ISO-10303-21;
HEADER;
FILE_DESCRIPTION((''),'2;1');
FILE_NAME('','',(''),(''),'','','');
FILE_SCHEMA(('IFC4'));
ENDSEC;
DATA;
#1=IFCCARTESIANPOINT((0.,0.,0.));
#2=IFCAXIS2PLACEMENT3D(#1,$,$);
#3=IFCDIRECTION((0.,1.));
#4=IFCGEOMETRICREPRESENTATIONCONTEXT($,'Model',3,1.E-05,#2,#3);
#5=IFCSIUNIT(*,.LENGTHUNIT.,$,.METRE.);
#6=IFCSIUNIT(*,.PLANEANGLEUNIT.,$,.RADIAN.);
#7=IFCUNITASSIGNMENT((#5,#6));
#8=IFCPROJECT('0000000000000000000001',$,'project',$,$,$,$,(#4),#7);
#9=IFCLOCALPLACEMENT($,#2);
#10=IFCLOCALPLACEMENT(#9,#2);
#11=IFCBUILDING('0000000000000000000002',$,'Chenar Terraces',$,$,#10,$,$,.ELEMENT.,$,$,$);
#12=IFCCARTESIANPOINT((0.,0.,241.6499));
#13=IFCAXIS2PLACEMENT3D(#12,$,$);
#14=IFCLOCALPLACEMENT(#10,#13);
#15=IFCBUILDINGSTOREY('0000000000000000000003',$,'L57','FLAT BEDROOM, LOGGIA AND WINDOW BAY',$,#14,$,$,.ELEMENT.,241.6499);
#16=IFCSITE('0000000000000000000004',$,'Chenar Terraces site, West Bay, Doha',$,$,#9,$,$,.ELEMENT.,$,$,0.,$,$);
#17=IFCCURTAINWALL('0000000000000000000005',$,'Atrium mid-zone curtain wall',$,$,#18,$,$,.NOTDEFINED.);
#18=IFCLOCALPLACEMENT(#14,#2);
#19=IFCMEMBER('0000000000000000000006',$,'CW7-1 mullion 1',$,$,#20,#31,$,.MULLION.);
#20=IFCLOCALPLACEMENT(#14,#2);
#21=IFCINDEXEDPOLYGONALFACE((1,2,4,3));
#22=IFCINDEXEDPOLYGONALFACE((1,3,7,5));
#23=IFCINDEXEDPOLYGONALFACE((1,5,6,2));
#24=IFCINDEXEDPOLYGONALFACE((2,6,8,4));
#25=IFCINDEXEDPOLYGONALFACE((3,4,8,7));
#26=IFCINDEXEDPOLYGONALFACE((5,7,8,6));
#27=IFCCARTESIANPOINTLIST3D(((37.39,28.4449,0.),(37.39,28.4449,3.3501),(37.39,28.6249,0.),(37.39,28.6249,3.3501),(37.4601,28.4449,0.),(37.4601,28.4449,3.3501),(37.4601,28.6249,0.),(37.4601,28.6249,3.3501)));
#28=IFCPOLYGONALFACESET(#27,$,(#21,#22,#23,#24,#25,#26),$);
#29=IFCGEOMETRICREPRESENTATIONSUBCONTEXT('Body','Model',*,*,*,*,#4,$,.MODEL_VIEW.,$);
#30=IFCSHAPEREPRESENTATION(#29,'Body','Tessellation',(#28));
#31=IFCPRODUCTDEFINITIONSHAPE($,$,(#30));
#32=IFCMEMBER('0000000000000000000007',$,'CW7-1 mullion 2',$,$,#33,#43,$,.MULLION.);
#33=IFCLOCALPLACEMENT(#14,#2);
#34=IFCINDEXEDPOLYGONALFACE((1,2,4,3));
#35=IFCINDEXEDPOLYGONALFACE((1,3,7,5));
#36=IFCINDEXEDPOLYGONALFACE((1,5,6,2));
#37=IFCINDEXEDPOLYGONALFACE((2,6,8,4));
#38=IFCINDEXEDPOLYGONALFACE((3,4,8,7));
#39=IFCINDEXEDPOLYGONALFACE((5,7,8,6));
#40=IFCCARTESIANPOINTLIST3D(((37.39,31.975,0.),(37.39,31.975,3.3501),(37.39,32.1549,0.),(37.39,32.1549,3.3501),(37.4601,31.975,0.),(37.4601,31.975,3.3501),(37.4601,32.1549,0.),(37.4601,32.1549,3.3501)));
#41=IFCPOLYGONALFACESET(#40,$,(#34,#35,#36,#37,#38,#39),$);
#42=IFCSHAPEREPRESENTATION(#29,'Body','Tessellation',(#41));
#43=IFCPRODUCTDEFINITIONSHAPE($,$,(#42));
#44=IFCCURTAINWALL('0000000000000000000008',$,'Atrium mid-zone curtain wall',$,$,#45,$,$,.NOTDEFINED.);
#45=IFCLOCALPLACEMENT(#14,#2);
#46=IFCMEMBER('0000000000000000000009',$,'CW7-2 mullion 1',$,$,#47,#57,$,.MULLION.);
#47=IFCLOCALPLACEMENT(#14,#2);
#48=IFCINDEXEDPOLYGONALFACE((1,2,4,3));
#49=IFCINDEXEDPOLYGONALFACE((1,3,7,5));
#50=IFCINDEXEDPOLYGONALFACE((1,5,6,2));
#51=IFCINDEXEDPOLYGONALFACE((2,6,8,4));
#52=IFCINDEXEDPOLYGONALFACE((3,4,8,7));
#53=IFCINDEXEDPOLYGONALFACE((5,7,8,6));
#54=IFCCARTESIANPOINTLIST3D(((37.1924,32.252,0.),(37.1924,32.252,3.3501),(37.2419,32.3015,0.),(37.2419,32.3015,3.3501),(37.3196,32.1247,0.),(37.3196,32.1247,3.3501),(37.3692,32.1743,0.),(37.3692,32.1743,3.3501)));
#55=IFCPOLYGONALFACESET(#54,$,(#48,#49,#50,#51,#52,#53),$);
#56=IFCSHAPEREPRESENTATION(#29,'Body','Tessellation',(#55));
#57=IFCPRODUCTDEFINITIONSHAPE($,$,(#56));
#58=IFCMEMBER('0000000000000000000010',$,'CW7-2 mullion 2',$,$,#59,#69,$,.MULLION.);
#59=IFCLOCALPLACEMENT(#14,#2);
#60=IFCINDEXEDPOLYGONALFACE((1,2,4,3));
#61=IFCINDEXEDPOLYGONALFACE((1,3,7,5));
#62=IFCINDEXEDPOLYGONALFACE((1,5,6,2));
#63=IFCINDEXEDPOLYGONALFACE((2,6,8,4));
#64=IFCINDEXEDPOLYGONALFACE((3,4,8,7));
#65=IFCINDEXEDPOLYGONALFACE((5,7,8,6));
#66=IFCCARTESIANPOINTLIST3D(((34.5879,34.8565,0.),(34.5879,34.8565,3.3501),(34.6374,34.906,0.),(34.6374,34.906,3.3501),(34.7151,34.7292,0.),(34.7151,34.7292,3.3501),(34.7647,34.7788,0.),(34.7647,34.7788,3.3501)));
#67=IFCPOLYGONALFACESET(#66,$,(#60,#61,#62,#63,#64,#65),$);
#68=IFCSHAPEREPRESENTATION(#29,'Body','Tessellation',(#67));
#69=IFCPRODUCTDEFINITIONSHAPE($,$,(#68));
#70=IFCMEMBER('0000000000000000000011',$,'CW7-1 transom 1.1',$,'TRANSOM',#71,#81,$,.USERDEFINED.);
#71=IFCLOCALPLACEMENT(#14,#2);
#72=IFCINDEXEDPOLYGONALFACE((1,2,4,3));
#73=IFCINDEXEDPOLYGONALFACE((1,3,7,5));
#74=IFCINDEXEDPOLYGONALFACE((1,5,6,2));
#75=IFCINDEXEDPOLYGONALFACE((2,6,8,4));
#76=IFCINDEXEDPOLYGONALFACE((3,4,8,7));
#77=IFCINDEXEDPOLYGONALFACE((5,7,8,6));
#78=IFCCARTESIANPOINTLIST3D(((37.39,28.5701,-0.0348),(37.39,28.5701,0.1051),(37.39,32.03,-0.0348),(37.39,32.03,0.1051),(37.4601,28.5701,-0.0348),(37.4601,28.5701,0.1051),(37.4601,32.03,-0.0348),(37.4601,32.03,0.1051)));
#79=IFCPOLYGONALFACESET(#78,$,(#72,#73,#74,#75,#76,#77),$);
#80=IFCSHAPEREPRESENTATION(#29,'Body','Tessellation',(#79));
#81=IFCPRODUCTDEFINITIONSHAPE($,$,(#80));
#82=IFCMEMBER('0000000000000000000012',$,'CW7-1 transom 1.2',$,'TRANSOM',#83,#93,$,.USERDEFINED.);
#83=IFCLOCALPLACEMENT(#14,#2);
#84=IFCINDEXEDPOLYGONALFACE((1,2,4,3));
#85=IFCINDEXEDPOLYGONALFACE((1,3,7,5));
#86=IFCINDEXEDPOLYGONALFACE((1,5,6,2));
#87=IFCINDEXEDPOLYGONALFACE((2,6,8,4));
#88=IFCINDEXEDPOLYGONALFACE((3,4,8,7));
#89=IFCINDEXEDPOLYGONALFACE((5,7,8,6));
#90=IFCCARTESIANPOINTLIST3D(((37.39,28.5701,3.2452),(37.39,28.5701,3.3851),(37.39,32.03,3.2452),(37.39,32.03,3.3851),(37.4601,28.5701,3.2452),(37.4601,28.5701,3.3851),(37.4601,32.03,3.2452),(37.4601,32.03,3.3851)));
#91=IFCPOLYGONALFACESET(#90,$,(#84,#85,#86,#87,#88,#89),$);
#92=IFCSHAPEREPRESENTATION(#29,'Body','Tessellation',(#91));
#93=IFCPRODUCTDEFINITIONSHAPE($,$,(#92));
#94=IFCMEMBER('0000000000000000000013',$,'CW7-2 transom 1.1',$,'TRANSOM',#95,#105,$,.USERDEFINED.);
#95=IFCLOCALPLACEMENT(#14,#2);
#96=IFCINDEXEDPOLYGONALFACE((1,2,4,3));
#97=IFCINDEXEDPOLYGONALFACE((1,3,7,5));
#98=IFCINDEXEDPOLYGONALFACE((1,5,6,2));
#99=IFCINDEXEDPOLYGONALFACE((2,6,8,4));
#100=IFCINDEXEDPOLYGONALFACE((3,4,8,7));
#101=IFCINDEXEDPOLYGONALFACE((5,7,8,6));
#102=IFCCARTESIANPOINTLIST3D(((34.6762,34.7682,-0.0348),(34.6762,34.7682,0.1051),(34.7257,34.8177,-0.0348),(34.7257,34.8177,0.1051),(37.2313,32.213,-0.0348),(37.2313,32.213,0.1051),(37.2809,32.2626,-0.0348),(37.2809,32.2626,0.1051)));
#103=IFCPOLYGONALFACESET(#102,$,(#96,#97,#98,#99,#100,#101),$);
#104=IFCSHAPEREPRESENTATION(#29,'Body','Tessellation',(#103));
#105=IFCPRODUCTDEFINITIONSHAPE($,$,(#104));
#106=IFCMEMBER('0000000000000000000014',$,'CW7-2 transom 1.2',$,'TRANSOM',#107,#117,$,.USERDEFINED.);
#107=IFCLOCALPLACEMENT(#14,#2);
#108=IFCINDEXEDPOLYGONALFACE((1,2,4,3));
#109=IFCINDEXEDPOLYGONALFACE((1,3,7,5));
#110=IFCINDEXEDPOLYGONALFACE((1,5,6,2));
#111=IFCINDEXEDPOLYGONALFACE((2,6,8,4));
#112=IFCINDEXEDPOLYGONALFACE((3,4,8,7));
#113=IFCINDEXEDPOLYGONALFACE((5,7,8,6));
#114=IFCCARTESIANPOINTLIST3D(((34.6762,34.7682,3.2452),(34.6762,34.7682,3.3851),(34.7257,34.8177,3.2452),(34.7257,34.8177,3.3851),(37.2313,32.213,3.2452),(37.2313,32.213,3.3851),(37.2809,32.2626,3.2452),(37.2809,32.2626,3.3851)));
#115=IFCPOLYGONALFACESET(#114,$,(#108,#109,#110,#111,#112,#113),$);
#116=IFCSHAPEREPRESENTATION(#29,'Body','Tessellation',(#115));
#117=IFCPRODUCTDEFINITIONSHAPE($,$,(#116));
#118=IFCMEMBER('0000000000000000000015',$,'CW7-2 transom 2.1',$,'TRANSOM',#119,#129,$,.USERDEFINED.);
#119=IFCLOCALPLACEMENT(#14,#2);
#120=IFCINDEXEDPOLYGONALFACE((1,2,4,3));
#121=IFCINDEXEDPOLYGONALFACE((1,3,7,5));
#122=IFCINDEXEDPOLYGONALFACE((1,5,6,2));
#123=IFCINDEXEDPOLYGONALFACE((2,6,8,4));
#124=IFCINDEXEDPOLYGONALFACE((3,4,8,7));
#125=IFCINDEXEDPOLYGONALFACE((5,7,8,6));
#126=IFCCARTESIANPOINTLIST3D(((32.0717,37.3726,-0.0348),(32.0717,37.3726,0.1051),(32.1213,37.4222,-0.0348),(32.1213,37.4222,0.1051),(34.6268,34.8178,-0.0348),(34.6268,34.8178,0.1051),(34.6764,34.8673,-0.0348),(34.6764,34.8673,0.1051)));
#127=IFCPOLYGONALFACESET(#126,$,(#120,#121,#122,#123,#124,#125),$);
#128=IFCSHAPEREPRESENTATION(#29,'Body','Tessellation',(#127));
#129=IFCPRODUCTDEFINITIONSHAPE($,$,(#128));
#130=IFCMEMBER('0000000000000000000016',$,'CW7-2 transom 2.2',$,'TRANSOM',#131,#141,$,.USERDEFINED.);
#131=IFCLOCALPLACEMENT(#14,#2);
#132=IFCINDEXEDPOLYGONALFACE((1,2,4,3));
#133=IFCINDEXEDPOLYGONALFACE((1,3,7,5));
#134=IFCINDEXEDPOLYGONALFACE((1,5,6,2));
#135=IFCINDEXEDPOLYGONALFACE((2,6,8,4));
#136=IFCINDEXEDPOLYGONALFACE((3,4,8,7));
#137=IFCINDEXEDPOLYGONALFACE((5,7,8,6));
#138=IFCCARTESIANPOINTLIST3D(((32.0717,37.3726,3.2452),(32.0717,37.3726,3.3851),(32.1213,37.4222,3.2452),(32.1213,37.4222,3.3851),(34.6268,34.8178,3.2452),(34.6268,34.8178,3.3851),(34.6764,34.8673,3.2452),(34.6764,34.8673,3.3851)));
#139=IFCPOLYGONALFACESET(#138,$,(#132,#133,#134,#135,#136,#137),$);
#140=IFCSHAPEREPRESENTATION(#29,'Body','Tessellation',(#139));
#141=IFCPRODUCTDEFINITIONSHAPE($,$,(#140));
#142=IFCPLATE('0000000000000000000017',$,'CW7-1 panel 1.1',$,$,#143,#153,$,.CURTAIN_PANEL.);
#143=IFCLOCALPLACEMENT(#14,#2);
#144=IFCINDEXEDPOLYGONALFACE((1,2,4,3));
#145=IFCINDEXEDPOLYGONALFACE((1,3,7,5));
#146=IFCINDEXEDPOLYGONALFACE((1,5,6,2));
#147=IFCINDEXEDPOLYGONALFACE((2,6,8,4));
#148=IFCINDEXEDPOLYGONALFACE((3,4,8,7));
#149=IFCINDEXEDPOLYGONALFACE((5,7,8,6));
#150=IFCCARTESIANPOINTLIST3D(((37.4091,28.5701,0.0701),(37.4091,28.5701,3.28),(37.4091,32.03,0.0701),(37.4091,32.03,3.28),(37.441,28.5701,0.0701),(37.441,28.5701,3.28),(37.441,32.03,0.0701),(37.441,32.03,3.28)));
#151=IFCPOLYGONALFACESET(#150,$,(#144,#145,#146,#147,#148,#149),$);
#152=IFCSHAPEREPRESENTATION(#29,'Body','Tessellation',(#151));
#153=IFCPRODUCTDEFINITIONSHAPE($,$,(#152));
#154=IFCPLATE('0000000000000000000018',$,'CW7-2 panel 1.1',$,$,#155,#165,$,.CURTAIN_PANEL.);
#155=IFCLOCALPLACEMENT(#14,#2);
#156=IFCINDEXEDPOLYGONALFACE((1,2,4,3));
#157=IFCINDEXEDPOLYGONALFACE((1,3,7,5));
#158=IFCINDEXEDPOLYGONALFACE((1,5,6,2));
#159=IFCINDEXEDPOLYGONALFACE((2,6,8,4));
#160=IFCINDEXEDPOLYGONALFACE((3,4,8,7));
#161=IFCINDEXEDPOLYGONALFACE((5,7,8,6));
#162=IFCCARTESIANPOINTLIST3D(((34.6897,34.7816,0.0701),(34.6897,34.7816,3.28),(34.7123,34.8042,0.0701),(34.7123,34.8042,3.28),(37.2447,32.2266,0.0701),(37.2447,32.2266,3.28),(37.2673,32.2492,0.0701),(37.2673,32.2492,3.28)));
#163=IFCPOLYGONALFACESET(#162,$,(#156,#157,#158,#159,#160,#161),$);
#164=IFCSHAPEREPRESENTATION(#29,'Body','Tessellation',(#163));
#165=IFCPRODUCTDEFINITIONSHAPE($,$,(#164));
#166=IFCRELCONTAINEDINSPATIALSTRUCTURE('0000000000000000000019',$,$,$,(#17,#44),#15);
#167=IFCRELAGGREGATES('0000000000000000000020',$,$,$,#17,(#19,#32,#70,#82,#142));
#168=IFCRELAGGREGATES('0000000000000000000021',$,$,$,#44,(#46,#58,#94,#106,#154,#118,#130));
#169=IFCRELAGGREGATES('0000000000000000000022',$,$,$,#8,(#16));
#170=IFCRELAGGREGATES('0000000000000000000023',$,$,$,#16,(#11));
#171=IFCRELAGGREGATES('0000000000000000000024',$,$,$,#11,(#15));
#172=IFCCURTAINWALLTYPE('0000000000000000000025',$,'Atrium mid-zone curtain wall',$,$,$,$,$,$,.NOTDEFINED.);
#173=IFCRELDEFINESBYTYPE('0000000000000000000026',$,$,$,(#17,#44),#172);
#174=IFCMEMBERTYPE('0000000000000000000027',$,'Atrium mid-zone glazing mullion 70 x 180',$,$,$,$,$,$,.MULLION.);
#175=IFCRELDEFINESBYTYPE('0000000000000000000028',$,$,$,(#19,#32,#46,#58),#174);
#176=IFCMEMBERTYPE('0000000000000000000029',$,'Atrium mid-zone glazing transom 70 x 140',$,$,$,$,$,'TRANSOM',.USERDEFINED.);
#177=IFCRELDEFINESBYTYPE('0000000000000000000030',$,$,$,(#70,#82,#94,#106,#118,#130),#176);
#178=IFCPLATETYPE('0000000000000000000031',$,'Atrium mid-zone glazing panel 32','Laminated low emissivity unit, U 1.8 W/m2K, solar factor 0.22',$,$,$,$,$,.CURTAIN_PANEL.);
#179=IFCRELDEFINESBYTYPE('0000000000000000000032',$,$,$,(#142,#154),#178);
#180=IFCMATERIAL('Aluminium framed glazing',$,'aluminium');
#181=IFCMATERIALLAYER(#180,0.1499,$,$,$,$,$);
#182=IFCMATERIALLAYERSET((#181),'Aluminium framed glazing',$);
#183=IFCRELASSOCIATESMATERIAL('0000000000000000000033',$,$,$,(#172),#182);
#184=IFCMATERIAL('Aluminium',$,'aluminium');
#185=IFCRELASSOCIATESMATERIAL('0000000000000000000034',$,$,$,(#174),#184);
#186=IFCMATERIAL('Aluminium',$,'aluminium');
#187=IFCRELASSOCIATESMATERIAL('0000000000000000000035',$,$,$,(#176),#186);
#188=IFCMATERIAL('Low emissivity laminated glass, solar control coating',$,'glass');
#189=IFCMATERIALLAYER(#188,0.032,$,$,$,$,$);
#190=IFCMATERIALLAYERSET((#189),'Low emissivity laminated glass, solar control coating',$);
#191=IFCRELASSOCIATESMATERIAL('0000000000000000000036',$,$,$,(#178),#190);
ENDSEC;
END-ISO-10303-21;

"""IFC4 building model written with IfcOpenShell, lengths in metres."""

from ifc_helpers import new_model, si_unit, direction, frame, origin, origin_2d, place, context, subcontext, project, spatial, rectangle, extrude, material, layer, layer_set, material_profile, profile_set, type_object, element, aggregate, save


model = new_model("IFC4")

# Units and contexts
model_context = context("Model", 3, precision=1e-05, world=origin(), true_north=direction((0.0, 1.0)))
body_context = subcontext(model_context, "Body", "Model", "MODEL_VIEW")
ifc_project = project(units=[si_unit("LENGTHUNIT", "METRE"), si_unit("PLANEANGLEUNIT", "RADIAN")], contexts=[model_context])

# Site, building, storey
site_placement = place(None, origin())
site = spatial("IfcSite", under=ifc_project, at=site_placement, Name="Chenar Terraces site, West Bay, Doha", CompositionType="ELEMENT", RefElevation=0.0)
building_placement = place(site_placement, origin())
building = spatial("IfcBuilding", under=site, at=building_placement, Name="Chenar Terraces", CompositionType="ELEMENT")
storey_placement = place(building_placement, frame((0.0, 0.0, 241.6499)))
storey = spatial("IfcBuildingStorey", under=building, at=storey_placement, Name="L57", Description="FLAT BEDROOM, LOGGIA AND WINDOW BAY", CompositionType="ELEMENT", Elevation=241.6499)

# Curtain walls, members
ifc_material_1 = material(Name="Aluminium framed glazing", Category="aluminium")
ifc_layer_1 = layer(ifc_material_1, 0.1499)
ifc_layer_set_1 = layer_set([ifc_layer_1], Name="Aluminium framed glazing")
curtain_wall_type = type_object("IfcCurtainWallType", Name="Atrium mid-zone curtain wall", PredefinedType="NOTDEFINED", material=ifc_layer_set_1)
placement = place(storey_placement, origin())
curtain_wall_1 = element("IfcCurtainWall", 1, at=placement, inside=storey, type_object=curtain_wall_type, Name="Atrium mid-zone curtain wall", PredefinedType="NOTDEFINED")
ifc_material_2 = material(Name="Aluminium", Category="aluminium")
ifc_material_profile_1 = material_profile(ifc_material_2, rectangle(XDim=0.0701, YDim=0.1799, at=origin_2d()), Name="Atrium mid-zone glazing mullion 70 x 180")
ifc_profile_set_1 = profile_set([ifc_material_profile_1], Name="Aluminium")
member_type_1 = type_object("IfcMemberType", Name="Atrium mid-zone glazing mullion 70 x 180", PredefinedType="MULLION", material=ifc_profile_set_1)
member_1_placement = place(storey_placement, frame((37.425, 28.5349, 0.0), z_axis=(0.0, 0.0, 1.0), x_axis=(-1.0, 0.0, 0.0)))
member_1 = element("IfcMember", 2, at=member_1_placement, type_object=member_type_1, Name="CW7-1 mullion 1", PredefinedType="MULLION", context=body_context, shape_type="SweptSolid", body=[
    extrude(rectangle(XDim=0.0701, YDim=0.1799, at=origin_2d()), origin(), (0.0, 0.0, 1.0), 3.3501),
])
member_2_placement = place(storey_placement, frame((37.425, 32.0649, 0.0), z_axis=(0.0, 0.0, 1.0), x_axis=(-1.0, 0.0, 0.0)))
member_2 = element("IfcMember", 3, at=member_2_placement, type_object=member_type_1, Name="CW7-1 mullion 2", PredefinedType="MULLION", context=body_context, shape_type="SweptSolid", body=[
    extrude(rectangle(XDim=0.0701, YDim=0.1799, at=origin_2d()), origin(), (0.0, 0.0, 1.0), 3.3501),
])
curtain_wall_2 = element("IfcCurtainWall", 4, at=placement, inside=storey, type_object=curtain_wall_type, Name="Atrium mid-zone curtain wall", PredefinedType="NOTDEFINED")
member_3_placement = place(storey_placement, frame((37.2808, 32.2131, 0.0), z_axis=(0.0, 0.0, 1.0), x_axis=(-0.707107, -0.707107, 0.0)))
member_3 = element("IfcMember", 5, at=member_3_placement, type_object=member_type_1, Name="CW7-2 mullion 1", PredefinedType="MULLION", context=body_context, shape_type="SweptSolid", body=[
    extrude(rectangle(XDim=0.0701, YDim=0.1799, at=origin_2d()), origin(), (0.0, 0.0, 1.0), 3.3501),
])
member_4_placement = place(storey_placement, frame((34.6763, 34.8176, 0.0), z_axis=(0.0, 0.0, 1.0), x_axis=(-0.707107, -0.707107, 0.0)))
member_4 = element("IfcMember", 6, at=member_4_placement, type_object=member_type_1, Name="CW7-2 mullion 2", PredefinedType="MULLION", context=body_context, shape_type="SweptSolid", body=[
    extrude(rectangle(XDim=0.0701, YDim=0.1799, at=origin_2d()), origin(), (0.0, 0.0, 1.0), 3.3501),
])

# Members
ifc_material_3 = material(Name="Aluminium", Category="aluminium")
ifc_material_profile_2 = material_profile(ifc_material_3, rectangle(XDim=0.0701, YDim=0.1399, at=origin_2d()), Name="Atrium mid-zone glazing transom 70 x 140")
ifc_profile_set_2 = profile_set([ifc_material_profile_2], Name="Aluminium")
member_type_2 = type_object("IfcMemberType", Name="Atrium mid-zone glazing transom 70 x 140", ElementType="TRANSOM", PredefinedType="USERDEFINED", material=ifc_profile_set_2)
member_5_placement = place(storey_placement, frame((37.425, 28.5701, 0.0352), z_axis=(0.0, 1.0, 0.0), x_axis=(-1.0, 0.0, 0.0)))
member_5 = element("IfcMember", 7, at=member_5_placement, type_object=member_type_2, Name="CW7-1 transom 1.1", ObjectType="TRANSOM", PredefinedType="USERDEFINED", context=body_context, shape_type="SweptSolid", body=[
    extrude(rectangle(XDim=0.0701, YDim=0.1399, at=origin_2d()), origin(), (0.0, 0.0, 1.0), 3.46),
])
member_6_placement = place(storey_placement, frame((37.425, 28.5701, 3.3152), z_axis=(0.0, 1.0, 0.0), x_axis=(-1.0, 0.0, 0.0)))
member_6 = element("IfcMember", 8, at=member_6_placement, type_object=member_type_2, Name="CW7-1 transom 1.2", ObjectType="TRANSOM", PredefinedType="USERDEFINED", context=body_context, shape_type="SweptSolid", body=[
    extrude(rectangle(XDim=0.0701, YDim=0.1399, at=origin_2d()), origin(), (0.0, 0.0, 1.0), 3.46),
])
member_7_placement = place(storey_placement, frame((37.2561, 32.2378, 0.0352), z_axis=(-0.707107, 0.707107, 0.0), x_axis=(-0.707107, -0.707107, 0.0)))
member_7 = element("IfcMember", 9, at=member_7_placement, type_object=member_type_2, Name="CW7-2 transom 1.1", ObjectType="TRANSOM", PredefinedType="USERDEFINED", context=body_context, shape_type="SweptSolid", body=[
    extrude(rectangle(XDim=0.0701, YDim=0.1399, at=origin_2d()), origin(), (0.0, 0.0, 1.0), 3.6135),
])
member_8_placement = place(storey_placement, frame((37.2561, 32.2378, 3.3152), z_axis=(-0.707107, 0.707107, 0.0), x_axis=(-0.707107, -0.707107, 0.0)))
member_8 = element("IfcMember", 10, at=member_8_placement, type_object=member_type_2, Name="CW7-2 transom 1.2", ObjectType="TRANSOM", PredefinedType="USERDEFINED", context=body_context, shape_type="SweptSolid", body=[
    extrude(rectangle(XDim=0.0701, YDim=0.1399, at=origin_2d()), origin(), (0.0, 0.0, 1.0), 3.6135),
])
member_9_placement = place(storey_placement, frame((34.6516, 34.8425, 0.0352), z_axis=(-0.707141, 0.707073, 0.0), x_axis=(-0.707073, -0.707141, 0.0)))
member_9 = element("IfcMember", 11, at=member_9_placement, type_object=member_type_2, Name="CW7-2 transom 2.1", ObjectType="TRANSOM", PredefinedType="USERDEFINED", context=body_context, shape_type="SweptSolid", body=[
    extrude(rectangle(XDim=0.0701, YDim=0.1399, at=origin_2d()), origin(), (0.0, 0.0, 1.0), 3.6133),
])
member_10_placement = place(storey_placement, frame((34.6516, 34.8425, 3.3152), z_axis=(-0.707141, 0.707073, 0.0), x_axis=(-0.707073, -0.707141, 0.0)))
member_10 = element("IfcMember", 12, at=member_10_placement, type_object=member_type_2, Name="CW7-2 transom 2.2", ObjectType="TRANSOM", PredefinedType="USERDEFINED", context=body_context, shape_type="SweptSolid", body=[
    extrude(rectangle(XDim=0.0701, YDim=0.1399, at=origin_2d()), origin(), (0.0, 0.0, 1.0), 3.6133),
])

# Plates
ifc_material_4 = material(Name="Low emissivity laminated glass, solar control coating", Category="glass")
ifc_layer_2 = layer(ifc_material_4, 0.032)
ifc_layer_set_2 = layer_set([ifc_layer_2], Name="Low emissivity laminated glass, solar control coating")
plate_type = type_object("IfcPlateType", Name="Atrium mid-zone glazing panel 32", Description="Laminated low emissivity unit, U 1.8 W/m2K, solar factor 0.22", PredefinedType="CURTAIN_PANEL", material=ifc_layer_set_2)
plate_1_placement = place(storey_placement, frame((37.425, 30.3, 0.0701), z_axis=(0.0, 0.0, 1.0), x_axis=(0.0, 1.0, 0.0)))
plate_1 = element("IfcPlate", 13, at=plate_1_placement, type_object=plate_type, Name="CW7-1 panel 1.1", PredefinedType="CURTAIN_PANEL", context=body_context, shape_type="SweptSolid", body=[
    extrude(rectangle(XDim=3.46, YDim=0.032, at=origin_2d()), origin(), (0.0, 0.0, 1.0), 3.21),
])
aggregate(curtain_wall_1, [member_1, member_2, member_5, member_6, plate_1])
plate_2_placement = place(storey_placement, frame((35.9785, 33.5154, 0.0701), z_axis=(0.0, 0.0, 1.0), x_axis=(-0.707107, 0.707107, 0.0)))
plate_2 = element("IfcPlate", 14, at=plate_2_placement, type_object=plate_type, Name="CW7-2 panel 1.1", PredefinedType="CURTAIN_PANEL", context=body_context, shape_type="SweptSolid", body=[
    extrude(rectangle(XDim=3.6133, YDim=0.032, at=origin_2d()), origin(), (0.0, 0.0, 1.0), 3.21),
])
aggregate(curtain_wall_2, [member_3, member_4, member_7, member_8, plate_2, member_9, member_10])

save(model, "model.ifc")
